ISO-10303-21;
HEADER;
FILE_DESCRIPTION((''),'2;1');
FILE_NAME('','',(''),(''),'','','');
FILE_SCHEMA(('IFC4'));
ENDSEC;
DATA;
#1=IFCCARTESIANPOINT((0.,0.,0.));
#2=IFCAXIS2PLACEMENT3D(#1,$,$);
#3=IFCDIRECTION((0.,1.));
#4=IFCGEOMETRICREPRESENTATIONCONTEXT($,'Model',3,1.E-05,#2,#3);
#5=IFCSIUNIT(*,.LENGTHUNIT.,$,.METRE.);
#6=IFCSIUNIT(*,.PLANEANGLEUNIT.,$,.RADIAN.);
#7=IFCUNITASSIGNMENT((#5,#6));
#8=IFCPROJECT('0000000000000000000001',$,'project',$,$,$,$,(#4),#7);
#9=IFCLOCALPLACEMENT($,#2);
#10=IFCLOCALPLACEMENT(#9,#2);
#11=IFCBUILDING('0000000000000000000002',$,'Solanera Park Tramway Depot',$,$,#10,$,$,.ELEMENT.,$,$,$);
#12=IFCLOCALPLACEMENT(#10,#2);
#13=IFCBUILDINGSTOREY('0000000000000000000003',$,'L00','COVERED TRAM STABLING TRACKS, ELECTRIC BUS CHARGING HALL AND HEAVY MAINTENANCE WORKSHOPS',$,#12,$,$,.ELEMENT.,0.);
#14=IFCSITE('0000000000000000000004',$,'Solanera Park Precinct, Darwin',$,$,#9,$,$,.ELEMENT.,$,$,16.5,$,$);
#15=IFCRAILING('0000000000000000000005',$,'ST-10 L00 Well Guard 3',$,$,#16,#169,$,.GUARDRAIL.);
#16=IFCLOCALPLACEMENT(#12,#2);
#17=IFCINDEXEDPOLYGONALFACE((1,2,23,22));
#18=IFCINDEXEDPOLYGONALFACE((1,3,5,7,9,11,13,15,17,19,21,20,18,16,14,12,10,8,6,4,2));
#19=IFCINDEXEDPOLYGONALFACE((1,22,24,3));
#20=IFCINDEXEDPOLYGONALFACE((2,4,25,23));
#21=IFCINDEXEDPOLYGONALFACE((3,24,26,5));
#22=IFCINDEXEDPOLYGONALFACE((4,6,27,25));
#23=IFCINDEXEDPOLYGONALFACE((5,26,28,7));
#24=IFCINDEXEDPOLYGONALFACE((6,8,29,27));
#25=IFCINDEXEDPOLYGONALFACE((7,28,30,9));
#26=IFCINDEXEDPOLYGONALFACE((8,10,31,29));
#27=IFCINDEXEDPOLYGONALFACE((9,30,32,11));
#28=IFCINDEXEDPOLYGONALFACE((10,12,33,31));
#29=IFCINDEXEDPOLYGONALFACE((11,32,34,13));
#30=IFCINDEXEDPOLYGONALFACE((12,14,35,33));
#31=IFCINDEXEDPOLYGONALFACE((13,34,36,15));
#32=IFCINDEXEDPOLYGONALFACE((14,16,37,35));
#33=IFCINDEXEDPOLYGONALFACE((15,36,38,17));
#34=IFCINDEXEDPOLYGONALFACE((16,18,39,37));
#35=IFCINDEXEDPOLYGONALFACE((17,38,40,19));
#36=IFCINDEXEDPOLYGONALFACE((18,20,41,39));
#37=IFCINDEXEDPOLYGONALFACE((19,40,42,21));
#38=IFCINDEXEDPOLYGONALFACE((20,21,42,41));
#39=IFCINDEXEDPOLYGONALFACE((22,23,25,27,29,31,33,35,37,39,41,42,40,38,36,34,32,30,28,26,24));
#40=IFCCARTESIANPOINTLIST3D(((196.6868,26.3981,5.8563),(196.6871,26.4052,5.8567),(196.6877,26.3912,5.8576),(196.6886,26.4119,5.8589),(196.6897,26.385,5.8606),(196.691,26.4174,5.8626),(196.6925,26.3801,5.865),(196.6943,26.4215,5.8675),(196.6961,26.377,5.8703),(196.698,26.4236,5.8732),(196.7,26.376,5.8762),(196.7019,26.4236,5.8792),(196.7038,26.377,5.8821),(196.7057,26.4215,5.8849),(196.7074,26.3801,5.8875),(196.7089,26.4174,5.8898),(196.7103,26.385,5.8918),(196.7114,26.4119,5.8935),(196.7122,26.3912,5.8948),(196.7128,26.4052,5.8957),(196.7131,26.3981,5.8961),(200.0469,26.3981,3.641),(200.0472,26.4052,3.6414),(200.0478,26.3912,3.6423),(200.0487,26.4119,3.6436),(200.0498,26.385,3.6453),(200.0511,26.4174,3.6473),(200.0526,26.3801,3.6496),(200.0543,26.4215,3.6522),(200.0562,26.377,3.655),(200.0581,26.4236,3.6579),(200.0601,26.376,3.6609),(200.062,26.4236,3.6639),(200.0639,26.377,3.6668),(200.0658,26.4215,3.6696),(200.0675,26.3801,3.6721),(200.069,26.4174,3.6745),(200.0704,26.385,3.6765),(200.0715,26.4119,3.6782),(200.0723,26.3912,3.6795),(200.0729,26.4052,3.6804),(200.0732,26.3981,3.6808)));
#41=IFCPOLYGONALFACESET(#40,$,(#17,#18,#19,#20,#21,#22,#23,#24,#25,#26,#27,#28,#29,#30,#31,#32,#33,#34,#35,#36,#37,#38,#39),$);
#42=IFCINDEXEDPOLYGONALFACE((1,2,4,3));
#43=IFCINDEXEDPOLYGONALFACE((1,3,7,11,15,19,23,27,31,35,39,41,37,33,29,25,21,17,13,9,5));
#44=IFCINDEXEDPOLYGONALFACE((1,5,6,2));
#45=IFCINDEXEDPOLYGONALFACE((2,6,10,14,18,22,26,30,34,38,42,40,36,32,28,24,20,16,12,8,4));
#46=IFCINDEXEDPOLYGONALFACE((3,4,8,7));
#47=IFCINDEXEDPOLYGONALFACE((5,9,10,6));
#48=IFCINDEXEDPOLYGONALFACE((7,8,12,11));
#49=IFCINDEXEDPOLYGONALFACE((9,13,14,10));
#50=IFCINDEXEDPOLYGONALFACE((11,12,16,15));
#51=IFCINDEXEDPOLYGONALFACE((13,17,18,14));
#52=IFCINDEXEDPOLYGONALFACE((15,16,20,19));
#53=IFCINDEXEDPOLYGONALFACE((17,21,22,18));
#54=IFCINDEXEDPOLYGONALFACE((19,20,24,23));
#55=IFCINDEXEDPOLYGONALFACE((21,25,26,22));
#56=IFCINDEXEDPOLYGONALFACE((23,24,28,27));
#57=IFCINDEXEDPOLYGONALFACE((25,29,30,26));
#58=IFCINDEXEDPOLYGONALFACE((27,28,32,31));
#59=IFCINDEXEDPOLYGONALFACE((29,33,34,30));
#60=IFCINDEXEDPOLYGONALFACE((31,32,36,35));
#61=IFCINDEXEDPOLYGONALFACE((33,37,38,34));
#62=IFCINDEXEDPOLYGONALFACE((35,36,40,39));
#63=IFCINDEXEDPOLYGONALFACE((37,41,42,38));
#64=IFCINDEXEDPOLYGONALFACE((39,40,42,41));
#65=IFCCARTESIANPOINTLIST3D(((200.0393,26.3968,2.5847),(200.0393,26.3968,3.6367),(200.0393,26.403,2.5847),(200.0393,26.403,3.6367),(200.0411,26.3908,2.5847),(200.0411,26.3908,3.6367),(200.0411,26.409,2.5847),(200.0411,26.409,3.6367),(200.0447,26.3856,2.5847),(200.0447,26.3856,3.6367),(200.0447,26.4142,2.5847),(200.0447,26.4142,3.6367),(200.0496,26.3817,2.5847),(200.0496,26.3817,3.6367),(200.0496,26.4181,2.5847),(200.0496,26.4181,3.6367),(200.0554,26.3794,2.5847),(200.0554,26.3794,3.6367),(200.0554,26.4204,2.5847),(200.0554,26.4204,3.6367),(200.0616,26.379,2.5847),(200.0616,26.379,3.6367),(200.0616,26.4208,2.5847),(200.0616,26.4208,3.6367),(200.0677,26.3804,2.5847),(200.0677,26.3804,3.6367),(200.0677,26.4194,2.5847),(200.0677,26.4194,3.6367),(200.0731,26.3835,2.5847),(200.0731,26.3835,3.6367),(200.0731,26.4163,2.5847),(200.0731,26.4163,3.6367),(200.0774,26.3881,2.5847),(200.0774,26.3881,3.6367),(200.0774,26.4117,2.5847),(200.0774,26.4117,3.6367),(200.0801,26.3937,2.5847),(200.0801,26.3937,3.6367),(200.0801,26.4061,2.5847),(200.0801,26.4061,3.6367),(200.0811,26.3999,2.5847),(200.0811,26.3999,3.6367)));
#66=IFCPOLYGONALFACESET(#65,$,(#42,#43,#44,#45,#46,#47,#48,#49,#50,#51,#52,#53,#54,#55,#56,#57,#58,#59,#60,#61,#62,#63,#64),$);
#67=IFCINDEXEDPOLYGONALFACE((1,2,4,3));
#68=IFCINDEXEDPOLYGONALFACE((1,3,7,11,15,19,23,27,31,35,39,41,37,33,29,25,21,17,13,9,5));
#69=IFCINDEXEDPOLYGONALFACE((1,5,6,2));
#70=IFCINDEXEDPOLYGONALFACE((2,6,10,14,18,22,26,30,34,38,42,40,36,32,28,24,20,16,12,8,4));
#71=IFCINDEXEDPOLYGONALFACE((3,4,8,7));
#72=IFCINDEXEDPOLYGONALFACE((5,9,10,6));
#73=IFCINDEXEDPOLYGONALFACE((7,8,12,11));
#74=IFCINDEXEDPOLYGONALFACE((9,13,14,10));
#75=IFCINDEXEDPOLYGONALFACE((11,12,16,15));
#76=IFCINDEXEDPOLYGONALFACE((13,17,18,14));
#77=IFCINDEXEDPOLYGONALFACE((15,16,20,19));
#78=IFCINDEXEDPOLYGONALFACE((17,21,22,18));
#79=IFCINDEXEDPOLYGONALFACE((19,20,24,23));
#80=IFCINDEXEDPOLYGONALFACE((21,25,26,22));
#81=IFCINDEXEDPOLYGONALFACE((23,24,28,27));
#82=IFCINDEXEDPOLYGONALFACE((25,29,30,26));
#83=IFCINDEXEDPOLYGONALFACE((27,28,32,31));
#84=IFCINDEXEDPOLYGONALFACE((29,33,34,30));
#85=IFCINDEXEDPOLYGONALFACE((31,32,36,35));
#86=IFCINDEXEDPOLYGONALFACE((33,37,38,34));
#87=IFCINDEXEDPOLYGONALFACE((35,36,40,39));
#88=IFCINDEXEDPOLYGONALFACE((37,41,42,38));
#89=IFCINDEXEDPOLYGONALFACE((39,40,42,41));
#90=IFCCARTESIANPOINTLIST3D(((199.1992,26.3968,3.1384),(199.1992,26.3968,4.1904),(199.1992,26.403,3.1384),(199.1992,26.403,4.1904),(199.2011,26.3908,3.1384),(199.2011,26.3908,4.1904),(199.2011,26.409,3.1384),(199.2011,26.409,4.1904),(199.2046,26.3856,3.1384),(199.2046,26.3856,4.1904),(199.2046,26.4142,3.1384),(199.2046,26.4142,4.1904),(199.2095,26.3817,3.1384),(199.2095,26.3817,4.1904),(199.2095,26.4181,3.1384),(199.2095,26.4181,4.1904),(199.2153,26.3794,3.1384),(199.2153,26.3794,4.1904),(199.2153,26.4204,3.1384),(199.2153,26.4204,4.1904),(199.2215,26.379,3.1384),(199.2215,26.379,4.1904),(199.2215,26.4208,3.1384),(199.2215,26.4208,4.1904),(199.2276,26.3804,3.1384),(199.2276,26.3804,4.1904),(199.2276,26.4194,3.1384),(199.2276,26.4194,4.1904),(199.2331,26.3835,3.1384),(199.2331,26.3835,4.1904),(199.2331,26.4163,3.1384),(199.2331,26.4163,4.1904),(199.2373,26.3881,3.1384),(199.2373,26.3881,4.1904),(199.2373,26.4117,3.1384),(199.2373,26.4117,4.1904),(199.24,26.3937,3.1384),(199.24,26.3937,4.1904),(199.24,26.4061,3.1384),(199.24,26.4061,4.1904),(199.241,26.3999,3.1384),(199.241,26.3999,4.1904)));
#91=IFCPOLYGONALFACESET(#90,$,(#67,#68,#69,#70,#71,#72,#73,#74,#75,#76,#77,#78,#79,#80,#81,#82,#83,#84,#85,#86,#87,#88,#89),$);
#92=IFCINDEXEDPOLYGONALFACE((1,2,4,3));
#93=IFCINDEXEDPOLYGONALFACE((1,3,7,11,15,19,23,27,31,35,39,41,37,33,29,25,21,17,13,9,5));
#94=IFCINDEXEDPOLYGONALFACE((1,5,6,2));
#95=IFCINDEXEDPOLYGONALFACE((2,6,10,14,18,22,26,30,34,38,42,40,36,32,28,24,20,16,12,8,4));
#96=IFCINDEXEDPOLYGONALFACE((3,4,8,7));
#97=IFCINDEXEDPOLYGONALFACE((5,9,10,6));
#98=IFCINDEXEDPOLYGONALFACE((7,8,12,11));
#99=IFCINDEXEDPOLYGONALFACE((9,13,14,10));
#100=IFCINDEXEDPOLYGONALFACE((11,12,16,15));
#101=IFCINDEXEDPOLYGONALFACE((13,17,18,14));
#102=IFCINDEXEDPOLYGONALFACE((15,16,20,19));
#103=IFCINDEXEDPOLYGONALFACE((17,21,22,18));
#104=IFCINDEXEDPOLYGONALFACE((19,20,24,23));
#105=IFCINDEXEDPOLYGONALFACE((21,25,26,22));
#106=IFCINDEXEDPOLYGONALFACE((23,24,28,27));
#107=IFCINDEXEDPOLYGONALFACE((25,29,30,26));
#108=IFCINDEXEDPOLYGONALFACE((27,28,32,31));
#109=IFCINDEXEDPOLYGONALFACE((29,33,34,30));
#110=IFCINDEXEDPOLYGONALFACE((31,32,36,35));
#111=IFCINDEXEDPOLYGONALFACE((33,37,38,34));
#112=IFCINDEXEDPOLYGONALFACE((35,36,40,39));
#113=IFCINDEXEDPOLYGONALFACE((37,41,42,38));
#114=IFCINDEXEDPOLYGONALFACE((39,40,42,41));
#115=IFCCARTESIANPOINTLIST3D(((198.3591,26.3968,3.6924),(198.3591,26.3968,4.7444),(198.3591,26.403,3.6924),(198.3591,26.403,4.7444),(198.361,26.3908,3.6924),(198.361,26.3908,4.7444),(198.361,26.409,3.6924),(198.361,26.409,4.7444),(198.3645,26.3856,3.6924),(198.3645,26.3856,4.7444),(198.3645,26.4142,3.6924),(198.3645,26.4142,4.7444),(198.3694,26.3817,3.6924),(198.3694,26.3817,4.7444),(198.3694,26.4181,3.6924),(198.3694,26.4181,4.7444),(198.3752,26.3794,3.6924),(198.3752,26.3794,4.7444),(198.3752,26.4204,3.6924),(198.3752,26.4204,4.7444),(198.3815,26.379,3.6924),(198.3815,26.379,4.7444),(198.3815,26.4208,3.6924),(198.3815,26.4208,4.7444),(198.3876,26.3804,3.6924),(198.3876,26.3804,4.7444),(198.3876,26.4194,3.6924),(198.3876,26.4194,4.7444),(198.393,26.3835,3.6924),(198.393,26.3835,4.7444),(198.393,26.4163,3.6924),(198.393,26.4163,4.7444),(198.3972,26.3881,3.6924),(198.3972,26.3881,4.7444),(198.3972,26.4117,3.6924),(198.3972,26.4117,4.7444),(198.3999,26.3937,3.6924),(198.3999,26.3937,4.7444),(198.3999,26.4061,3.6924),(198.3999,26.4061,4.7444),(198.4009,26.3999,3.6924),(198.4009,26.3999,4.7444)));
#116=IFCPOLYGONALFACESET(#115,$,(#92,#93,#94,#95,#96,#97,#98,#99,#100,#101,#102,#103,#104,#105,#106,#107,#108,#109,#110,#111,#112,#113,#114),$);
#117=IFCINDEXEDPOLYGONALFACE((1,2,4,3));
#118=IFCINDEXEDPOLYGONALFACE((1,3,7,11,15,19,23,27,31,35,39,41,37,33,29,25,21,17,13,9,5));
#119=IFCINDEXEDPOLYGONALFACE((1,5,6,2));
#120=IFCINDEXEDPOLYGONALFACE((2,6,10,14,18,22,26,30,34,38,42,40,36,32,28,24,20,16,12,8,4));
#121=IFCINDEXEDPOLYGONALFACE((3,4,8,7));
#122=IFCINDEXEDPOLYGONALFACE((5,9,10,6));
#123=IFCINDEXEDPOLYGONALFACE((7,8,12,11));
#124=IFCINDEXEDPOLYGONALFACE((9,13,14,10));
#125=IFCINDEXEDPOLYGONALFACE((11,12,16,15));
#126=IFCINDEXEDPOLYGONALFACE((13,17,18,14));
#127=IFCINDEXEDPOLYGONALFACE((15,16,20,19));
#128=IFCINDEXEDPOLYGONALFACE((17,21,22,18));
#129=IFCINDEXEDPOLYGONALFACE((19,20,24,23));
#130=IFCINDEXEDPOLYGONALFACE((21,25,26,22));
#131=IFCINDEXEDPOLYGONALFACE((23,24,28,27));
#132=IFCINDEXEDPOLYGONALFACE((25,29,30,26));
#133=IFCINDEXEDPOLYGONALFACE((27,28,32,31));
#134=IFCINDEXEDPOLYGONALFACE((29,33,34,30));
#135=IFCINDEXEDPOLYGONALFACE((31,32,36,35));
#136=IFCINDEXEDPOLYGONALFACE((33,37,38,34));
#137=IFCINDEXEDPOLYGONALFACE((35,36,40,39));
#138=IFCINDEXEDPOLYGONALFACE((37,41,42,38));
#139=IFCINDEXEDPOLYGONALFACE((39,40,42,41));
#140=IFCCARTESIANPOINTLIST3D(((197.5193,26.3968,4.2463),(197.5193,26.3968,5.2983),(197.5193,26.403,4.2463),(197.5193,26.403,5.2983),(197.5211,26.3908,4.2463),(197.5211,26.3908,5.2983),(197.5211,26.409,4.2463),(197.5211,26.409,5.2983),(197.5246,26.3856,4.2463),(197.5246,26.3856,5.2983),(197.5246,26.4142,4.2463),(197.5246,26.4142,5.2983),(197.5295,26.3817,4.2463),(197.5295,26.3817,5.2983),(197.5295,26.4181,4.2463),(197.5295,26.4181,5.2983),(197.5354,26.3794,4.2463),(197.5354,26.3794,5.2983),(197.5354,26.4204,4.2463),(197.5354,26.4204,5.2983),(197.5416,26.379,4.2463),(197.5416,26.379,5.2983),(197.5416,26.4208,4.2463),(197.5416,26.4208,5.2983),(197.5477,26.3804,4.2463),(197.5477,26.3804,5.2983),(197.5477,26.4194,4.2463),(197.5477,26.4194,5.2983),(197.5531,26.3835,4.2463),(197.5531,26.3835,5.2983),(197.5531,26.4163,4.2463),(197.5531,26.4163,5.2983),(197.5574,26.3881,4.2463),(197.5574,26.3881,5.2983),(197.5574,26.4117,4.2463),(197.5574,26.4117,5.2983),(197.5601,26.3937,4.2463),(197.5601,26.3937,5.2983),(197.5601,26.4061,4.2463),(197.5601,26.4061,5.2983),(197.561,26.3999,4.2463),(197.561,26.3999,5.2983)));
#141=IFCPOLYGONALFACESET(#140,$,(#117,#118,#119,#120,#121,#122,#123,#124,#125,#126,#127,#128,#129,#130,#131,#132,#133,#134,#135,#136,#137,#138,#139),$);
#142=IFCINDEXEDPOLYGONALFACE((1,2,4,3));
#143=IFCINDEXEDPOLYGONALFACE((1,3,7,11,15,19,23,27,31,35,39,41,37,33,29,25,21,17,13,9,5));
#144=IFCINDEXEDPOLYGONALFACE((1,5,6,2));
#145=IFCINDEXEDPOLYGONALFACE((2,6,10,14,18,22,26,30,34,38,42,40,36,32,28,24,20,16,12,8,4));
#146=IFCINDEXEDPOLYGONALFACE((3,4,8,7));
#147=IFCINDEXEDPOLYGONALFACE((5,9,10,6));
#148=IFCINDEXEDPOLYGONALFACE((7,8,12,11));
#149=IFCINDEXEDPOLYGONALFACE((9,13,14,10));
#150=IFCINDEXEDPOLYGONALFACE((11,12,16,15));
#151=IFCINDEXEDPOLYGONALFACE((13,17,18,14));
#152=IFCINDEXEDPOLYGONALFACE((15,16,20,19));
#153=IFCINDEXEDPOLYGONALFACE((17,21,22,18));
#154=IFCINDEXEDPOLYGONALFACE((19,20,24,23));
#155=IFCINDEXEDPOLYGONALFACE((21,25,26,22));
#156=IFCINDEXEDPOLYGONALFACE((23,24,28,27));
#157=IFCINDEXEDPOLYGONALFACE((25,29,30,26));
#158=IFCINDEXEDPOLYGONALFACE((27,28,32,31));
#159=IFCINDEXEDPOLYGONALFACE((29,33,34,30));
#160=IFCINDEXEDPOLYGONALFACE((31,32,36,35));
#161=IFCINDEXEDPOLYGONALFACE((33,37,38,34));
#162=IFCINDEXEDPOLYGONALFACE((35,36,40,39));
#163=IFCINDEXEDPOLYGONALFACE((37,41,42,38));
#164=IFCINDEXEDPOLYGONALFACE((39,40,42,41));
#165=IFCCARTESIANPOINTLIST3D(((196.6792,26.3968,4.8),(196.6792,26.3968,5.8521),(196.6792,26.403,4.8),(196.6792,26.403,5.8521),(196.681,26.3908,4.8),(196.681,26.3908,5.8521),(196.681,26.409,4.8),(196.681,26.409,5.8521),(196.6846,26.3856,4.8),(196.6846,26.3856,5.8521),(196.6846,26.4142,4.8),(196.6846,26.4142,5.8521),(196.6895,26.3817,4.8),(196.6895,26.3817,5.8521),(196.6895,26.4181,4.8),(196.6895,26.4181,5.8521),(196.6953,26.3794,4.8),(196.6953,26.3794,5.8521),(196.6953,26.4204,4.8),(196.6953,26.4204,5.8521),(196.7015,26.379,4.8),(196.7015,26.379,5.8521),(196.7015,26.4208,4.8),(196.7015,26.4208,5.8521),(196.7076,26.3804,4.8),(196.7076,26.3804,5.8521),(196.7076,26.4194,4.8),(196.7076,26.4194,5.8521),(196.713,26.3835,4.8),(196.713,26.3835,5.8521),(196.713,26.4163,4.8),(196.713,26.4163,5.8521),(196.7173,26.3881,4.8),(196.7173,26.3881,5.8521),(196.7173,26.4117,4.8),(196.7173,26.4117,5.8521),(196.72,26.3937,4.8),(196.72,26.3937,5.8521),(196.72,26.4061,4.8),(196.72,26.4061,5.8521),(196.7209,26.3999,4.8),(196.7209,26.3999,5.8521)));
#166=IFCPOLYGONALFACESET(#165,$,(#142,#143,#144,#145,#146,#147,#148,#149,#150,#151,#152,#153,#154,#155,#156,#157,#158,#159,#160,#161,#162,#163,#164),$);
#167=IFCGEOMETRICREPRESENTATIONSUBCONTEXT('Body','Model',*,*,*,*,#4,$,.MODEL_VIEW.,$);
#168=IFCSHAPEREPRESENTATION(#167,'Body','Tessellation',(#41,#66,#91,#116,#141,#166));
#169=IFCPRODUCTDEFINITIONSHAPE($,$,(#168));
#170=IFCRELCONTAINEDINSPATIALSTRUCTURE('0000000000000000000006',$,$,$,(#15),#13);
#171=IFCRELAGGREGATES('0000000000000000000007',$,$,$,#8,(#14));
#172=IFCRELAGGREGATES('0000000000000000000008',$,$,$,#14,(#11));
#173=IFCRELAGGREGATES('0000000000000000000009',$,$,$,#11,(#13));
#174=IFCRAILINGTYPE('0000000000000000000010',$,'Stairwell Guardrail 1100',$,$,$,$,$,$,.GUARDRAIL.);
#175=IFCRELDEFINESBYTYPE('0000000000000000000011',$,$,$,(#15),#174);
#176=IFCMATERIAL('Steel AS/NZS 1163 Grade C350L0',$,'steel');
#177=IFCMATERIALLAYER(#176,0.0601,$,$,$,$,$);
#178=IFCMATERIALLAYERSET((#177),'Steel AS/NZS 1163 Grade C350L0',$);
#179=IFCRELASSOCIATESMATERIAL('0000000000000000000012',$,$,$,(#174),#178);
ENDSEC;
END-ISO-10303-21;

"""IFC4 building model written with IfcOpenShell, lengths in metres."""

from ifc_helpers import new_model, si_unit, direction, frame, origin, origin_2d, place, context, subcontext, project, spatial, circle, extrude, material, layer, layer_set, type_object, element, save


model = new_model("IFC4")

# Units and contexts
model_context = context("Model", 3, precision=1e-05, world=origin(), true_north=direction((0.0, 1.0)))
body_context = subcontext(model_context, "Body", "Model", "MODEL_VIEW")
ifc_project = project(units=[si_unit("LENGTHUNIT", "METRE"), si_unit("PLANEANGLEUNIT", "RADIAN")], contexts=[model_context])

# Site, building, storey
site_placement = place(None, origin())
site = spatial("IfcSite", under=ifc_project, at=site_placement, Name="Solanera Park Precinct, Darwin", CompositionType="ELEMENT", RefElevation=16.5)
building_placement = place(site_placement, origin())
building = spatial("IfcBuilding", under=site, at=building_placement, Name="Solanera Park Tramway Depot", CompositionType="ELEMENT")
storey_placement = place(building_placement, origin())
storey = spatial("IfcBuildingStorey", under=building, at=storey_placement, Name="L00", Description="COVERED TRAM STABLING TRACKS, ELECTRIC BUS CHARGING HALL AND HEAVY MAINTENANCE WORKSHOPS", CompositionType="ELEMENT", Elevation=0.0)

# Railing
ifc_material_1 = material(Name="Steel AS/NZS 1163 Grade C350L0", Category="steel")
ifc_layer_1 = layer(ifc_material_1, 0.0601)
ifc_layer_set_1 = layer_set([ifc_layer_1], Name="Steel AS/NZS 1163 Grade C350L0")
railing_type_1 = type_object("IfcRailingType", Name="Stairwell Guardrail 1100", PredefinedType="GUARDRAIL", material=ifc_layer_set_1)
railing_1_placement = place(storey_placement, frame((200.0601, 26.3999, 2.5847)))
element("IfcRailing", 1, at=railing_1_placement, inside=storey, type_object=railing_type_1, Name="ST-10 L00 Well Guard 3", PredefinedType="GUARDRAIL", context=body_context, shape_type="SweptSolid", body=[
    extrude(circle(Radius=0.0239, at=origin_2d()), frame((0.0, 0.0, 1.0762), z_axis=(-0.834876, 0.0, 0.550437), x_axis=(0.0, -1.0, 0.0)), (0.0, 0.0, 1.0), 4.0247),
    extrude(circle(Radius=0.021, at=origin_2d()), origin(), (0.0, 0.0, 1.0), 1.052),
    extrude(circle(Radius=0.021, at=origin_2d()), frame((-0.8401, 0.0, 0.5537)), (0.0, 0.0, 1.0), 1.052),
    extrude(circle(Radius=0.021, at=origin_2d()), frame((-1.6802, 0.0, 1.1077)), (0.0, 0.0, 1.0), 1.052),
    extrude(circle(Radius=0.021, at=origin_2d()), frame((-2.52, 0.0, 1.6616)), (0.0, 0.0, 1.0), 1.052),
    extrude(circle(Radius=0.021, at=origin_2d()), frame((-3.3601, 0.0, 2.2153)), (0.0, 0.0, 1.0), 1.052),
])

save(model, "model.ifc")
